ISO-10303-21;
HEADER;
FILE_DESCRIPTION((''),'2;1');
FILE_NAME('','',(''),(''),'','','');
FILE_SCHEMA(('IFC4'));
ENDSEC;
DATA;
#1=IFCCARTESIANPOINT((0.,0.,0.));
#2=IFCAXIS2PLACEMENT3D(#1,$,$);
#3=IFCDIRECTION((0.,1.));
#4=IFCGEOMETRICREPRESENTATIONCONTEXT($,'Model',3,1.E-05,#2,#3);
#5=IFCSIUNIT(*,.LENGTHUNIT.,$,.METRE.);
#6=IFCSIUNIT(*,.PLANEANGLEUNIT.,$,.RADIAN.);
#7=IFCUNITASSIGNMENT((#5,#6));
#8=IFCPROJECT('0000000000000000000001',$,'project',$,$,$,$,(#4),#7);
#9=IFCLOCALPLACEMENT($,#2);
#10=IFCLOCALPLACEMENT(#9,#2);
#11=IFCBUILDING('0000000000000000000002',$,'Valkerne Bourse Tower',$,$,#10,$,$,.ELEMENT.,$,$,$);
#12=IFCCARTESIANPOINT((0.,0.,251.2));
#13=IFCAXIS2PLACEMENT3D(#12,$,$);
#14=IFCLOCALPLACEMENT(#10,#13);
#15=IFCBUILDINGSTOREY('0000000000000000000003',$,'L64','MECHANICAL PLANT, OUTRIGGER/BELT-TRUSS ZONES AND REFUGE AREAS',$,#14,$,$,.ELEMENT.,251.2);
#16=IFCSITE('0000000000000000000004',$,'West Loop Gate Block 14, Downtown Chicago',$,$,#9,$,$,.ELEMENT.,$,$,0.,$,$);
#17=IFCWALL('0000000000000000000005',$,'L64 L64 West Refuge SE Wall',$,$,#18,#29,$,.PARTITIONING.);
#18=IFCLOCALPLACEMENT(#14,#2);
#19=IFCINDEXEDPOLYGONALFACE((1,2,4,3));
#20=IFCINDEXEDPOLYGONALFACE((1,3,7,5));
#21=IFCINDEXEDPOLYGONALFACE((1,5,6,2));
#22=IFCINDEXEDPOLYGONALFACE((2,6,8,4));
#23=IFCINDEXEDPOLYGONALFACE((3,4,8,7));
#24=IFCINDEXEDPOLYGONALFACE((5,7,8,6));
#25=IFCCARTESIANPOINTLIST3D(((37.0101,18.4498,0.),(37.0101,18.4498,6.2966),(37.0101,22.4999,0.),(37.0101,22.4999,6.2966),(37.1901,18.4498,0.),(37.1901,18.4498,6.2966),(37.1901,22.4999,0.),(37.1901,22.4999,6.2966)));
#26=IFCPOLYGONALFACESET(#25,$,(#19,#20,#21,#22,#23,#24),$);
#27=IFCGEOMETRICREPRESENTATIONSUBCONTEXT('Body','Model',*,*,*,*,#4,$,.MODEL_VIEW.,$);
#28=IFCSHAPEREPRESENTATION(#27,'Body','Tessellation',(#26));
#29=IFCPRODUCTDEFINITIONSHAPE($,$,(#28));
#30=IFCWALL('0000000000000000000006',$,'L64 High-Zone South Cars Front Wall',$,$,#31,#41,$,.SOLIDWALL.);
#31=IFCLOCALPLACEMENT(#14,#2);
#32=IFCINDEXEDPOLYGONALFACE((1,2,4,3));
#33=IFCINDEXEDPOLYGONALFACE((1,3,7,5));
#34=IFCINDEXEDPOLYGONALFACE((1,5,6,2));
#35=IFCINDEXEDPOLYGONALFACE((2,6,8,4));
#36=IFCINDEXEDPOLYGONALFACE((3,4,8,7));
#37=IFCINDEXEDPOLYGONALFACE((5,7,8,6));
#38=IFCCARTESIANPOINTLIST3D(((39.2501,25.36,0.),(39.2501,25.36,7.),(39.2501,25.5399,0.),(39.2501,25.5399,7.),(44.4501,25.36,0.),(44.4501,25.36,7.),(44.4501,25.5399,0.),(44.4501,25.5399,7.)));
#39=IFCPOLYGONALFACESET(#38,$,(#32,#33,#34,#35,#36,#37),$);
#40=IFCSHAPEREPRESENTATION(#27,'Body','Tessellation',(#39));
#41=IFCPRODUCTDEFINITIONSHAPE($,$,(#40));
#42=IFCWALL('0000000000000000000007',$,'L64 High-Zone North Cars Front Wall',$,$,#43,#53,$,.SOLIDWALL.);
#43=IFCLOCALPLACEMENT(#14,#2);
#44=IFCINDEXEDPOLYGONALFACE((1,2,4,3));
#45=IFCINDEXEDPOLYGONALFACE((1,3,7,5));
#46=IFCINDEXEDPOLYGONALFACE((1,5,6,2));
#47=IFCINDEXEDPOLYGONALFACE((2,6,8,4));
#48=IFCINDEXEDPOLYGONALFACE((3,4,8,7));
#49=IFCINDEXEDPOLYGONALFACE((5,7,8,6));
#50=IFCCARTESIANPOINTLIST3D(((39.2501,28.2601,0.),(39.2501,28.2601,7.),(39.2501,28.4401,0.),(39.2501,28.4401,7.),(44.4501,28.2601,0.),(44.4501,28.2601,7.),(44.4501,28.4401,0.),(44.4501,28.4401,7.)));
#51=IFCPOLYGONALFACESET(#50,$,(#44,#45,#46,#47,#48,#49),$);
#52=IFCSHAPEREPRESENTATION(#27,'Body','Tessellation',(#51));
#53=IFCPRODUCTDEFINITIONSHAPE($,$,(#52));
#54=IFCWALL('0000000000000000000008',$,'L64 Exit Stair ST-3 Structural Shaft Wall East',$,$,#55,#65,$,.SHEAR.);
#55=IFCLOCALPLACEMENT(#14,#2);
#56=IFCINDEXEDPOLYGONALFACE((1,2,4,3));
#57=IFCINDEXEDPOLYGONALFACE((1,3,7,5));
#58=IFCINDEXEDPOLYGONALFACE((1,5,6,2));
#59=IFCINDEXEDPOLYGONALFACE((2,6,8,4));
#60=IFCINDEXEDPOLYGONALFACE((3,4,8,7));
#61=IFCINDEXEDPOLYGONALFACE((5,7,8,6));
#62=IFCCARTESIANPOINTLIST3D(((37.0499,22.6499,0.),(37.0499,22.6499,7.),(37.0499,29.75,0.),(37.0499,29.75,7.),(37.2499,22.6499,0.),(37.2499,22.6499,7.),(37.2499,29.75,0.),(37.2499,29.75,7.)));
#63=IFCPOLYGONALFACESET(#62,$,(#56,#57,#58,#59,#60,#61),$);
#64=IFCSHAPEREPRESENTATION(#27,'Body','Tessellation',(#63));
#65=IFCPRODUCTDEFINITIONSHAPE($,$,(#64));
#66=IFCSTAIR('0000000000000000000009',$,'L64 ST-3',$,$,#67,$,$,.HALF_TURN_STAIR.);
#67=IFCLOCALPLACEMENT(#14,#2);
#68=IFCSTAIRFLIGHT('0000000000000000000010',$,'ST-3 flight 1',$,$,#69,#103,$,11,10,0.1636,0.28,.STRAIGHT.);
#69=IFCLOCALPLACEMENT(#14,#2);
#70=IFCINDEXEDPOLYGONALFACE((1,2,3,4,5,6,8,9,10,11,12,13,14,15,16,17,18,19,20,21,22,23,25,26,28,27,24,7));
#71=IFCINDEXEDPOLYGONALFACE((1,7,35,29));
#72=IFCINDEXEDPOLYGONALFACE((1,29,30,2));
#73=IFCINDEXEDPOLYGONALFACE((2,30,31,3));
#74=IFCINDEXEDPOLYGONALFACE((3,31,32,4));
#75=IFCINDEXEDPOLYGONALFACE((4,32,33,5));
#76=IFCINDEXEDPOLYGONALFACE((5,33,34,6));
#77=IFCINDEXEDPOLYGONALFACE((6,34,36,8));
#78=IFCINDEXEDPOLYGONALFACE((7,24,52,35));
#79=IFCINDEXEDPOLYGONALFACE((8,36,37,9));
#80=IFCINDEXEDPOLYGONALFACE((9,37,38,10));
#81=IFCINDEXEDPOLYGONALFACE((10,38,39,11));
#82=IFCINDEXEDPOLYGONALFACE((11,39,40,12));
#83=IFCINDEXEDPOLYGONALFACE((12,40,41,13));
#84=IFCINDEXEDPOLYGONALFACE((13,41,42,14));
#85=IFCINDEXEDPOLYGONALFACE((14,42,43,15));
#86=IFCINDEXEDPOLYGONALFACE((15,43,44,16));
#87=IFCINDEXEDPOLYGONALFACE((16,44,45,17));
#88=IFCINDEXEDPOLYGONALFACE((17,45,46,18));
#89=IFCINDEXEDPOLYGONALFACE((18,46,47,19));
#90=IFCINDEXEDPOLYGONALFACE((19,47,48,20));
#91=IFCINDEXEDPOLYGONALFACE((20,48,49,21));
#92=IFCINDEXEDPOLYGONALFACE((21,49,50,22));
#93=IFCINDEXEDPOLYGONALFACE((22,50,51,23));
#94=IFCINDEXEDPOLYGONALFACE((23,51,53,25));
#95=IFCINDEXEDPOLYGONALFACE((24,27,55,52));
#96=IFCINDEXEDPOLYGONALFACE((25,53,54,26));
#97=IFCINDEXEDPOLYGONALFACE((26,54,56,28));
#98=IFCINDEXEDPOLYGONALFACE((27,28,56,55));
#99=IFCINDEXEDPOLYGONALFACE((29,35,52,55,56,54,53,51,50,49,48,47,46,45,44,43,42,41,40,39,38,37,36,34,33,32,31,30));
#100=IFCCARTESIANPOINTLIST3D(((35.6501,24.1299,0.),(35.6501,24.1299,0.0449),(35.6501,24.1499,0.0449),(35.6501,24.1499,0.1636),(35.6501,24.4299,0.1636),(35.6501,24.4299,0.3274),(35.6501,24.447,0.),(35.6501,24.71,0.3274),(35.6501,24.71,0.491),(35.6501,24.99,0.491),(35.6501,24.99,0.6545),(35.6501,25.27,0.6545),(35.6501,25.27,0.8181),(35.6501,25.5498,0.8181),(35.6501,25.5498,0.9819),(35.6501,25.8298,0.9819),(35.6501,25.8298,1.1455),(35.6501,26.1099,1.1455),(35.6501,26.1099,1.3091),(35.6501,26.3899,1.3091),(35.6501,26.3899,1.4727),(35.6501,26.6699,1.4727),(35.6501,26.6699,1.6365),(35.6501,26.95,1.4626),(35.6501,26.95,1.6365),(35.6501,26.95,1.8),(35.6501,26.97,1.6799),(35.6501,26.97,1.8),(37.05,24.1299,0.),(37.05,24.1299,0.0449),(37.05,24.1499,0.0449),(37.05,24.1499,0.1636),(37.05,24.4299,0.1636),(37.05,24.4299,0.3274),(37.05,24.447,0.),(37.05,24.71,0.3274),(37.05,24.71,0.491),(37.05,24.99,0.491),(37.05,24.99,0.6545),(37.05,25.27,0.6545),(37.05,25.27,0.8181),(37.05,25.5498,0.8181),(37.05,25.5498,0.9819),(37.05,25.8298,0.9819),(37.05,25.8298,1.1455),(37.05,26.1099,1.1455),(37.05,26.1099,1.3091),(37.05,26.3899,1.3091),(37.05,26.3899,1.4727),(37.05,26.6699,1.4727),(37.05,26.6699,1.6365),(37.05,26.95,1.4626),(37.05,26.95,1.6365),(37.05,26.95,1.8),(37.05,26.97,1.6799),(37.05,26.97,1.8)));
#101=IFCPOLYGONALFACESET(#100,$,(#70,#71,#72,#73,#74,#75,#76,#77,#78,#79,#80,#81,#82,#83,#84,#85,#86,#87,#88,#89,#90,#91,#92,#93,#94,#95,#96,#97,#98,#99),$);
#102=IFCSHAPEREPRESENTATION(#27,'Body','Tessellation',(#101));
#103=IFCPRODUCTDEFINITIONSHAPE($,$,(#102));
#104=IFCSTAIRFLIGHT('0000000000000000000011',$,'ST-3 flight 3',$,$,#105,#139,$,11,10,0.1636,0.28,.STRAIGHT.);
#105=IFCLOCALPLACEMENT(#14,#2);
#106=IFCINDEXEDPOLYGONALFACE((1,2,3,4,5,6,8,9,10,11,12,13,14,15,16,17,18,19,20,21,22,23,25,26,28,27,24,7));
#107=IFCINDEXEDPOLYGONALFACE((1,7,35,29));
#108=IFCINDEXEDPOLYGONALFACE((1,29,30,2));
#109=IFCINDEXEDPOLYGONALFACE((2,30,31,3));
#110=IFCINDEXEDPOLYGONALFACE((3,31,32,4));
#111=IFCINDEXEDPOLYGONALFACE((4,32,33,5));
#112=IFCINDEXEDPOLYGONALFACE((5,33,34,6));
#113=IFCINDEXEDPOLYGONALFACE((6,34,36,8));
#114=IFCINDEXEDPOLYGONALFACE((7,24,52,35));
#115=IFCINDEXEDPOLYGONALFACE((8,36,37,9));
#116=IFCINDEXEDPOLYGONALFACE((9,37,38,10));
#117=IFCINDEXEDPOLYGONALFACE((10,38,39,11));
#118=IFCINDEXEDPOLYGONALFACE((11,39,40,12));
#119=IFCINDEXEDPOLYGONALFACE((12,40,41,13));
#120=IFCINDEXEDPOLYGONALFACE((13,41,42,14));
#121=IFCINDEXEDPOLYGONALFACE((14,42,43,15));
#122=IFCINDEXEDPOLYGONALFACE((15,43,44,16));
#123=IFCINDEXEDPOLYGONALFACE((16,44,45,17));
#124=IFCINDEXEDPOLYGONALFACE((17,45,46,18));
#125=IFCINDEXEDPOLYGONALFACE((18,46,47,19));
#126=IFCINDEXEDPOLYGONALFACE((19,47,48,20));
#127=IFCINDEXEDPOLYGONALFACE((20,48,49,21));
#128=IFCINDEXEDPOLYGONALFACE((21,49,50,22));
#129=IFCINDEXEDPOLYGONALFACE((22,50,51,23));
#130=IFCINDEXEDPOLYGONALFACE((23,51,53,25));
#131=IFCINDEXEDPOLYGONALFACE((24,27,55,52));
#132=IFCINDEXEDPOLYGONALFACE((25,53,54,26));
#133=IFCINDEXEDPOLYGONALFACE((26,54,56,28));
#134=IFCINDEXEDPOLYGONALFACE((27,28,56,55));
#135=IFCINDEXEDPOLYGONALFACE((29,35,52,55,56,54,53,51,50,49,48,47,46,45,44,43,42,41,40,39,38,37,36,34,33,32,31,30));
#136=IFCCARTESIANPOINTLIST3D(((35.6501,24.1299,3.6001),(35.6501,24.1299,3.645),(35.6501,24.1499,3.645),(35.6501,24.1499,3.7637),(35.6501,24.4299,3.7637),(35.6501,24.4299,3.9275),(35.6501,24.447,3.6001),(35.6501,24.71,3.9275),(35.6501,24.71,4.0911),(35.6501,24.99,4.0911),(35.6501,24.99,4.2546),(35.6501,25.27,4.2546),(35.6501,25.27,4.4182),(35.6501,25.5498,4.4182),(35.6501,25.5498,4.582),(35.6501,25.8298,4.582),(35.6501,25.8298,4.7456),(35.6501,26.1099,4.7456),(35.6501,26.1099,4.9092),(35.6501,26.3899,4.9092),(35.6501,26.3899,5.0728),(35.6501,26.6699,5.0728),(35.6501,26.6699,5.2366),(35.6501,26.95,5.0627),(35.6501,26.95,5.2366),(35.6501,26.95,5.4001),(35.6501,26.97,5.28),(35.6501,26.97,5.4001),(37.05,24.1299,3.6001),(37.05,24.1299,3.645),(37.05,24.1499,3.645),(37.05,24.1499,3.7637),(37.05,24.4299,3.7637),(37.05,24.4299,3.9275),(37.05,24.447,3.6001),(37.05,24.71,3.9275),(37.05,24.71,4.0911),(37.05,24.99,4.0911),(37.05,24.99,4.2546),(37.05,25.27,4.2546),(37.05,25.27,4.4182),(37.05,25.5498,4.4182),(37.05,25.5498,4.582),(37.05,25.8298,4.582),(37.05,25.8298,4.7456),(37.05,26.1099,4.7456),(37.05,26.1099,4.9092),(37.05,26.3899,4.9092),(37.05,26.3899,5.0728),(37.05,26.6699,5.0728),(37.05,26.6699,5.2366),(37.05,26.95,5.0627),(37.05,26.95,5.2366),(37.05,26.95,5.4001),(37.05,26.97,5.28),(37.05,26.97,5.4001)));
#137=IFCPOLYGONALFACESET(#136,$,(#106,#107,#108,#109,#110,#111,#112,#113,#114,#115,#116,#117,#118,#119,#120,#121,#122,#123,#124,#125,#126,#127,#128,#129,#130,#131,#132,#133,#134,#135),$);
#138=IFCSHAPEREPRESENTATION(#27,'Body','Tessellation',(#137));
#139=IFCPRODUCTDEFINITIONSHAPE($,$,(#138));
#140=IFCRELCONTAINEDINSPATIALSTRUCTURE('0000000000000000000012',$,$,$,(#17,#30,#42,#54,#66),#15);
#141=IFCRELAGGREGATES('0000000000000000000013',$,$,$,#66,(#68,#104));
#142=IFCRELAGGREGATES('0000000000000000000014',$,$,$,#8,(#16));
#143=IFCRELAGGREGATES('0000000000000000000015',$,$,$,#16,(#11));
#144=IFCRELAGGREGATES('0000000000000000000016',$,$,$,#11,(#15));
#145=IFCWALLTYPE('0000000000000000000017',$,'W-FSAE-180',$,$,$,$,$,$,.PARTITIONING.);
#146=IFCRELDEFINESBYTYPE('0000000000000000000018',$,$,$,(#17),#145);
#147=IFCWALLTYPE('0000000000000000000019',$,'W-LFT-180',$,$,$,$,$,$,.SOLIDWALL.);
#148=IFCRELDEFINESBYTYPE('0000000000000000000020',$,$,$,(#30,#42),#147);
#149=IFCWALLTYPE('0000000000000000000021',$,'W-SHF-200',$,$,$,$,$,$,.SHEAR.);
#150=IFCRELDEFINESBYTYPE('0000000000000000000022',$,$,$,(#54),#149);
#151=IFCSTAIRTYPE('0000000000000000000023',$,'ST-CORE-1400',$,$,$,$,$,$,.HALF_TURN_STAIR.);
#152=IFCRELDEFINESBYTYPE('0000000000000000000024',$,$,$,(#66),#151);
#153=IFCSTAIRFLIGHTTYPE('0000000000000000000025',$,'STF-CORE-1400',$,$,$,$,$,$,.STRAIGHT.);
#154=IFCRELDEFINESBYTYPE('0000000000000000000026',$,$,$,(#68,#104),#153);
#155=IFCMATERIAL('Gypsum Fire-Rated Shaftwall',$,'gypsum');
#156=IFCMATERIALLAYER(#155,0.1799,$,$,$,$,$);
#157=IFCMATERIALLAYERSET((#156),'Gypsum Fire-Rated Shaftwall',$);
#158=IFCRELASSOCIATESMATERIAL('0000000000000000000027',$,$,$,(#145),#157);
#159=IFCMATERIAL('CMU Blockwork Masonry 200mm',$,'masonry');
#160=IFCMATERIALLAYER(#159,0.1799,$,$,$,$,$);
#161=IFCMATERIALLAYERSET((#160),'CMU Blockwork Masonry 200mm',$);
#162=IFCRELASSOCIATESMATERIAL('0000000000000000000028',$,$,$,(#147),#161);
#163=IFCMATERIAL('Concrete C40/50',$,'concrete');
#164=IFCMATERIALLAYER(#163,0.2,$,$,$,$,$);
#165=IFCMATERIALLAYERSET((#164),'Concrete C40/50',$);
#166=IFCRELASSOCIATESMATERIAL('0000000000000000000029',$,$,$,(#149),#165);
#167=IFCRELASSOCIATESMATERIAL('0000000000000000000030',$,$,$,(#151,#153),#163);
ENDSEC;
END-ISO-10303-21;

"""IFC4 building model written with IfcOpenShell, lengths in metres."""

from ifc_helpers import new_model, si_unit, direction, frame, frame_2d, origin, place, context, subcontext, project, spatial, polyline, rectangle, outline, extrude, material, layer, layer_set, type_object, element, aggregate, save


model = new_model("IFC4")

# Units and contexts
model_context = context("Model", 3, precision=1e-05, world=origin(), true_north=direction((0.0, 1.0)))
body_context = subcontext(model_context, "Body", "Model", "MODEL_VIEW")
ifc_project = project(units=[si_unit("LENGTHUNIT", "METRE"), si_unit("PLANEANGLEUNIT", "RADIAN")], contexts=[model_context])

# Site, building, storey
site_placement = place(None, origin())
site = spatial("IfcSite", under=ifc_project, at=site_placement, Name="West Loop Gate Block 14, Downtown Chicago", CompositionType="ELEMENT", RefElevation=0.0)
building_placement = place(site_placement, origin())
building = spatial("IfcBuilding", under=site, at=building_placement, Name="Valkerne Bourse Tower", CompositionType="ELEMENT")
storey_placement = place(building_placement, frame((0.0, 0.0, 251.2)))
storey = spatial("IfcBuildingStorey", under=building, at=storey_placement, Name="L64", Description="MECHANICAL PLANT, OUTRIGGER/BELT-TRUSS ZONES AND REFUGE AREAS", CompositionType="ELEMENT", Elevation=251.2)

# Shared definitions
ifc_material_1 = material(Name="Gypsum Fire-Rated Shaftwall", Category="gypsum")
ifc_layer_1 = layer(ifc_material_1, 0.1799)
ifc_layer_set_1 = layer_set([ifc_layer_1], Name="Gypsum Fire-Rated Shaftwall")
wall_type_1 = type_object("IfcWallType", Name="W-FSAE-180", PredefinedType="PARTITIONING", material=ifc_layer_set_1)

# Walls
wall_1_placement = place(storey_placement, frame((37.1001, 18.45, 0.0), z_axis=(0.0, 0.0, 1.0), x_axis=(0.0, 1.0, 0.0)))
element("IfcWall", 1, at=wall_1_placement, inside=storey, type_object=wall_type_1, Name="L64 L64 West Refuge SE Wall", PredefinedType="PARTITIONING", context=body_context, shape_type="SweptSolid", body=[
    extrude(rectangle(XDim=4.05, YDim=0.1799, at=frame_2d((2.0249, 0.0))), origin(), (0.0, 0.0, 1.0), 6.2966),
])
ifc_material_2 = material(Name="CMU Blockwork Masonry 200mm", Category="masonry")
ifc_layer_2 = layer(ifc_material_2, 0.1799)
ifc_layer_set_2 = layer_set([ifc_layer_2], Name="CMU Blockwork Masonry 200mm")
wall_type_2 = type_object("IfcWallType", Name="W-LFT-180", PredefinedType="SOLIDWALL", material=ifc_layer_set_2)
for number, where, z_axis, x_axis, name in (
    (2, (39.25, 25.45, 0.0), (0.0, 0.0, 1.0), (1.0, 0.0, 0.0), "L64 High-Zone South Cars Front Wall"),
    (3, (39.25, 28.3501, 0.0), (0.0, 0.0, 1.0), (1.0, 0.0, 0.0), "L64 High-Zone North Cars Front Wall"),
):
    element("IfcWall", number, at=place(storey_placement, frame(where, z_axis=z_axis, x_axis=x_axis)), inside=storey, type_object=wall_type_2, Name=name, PredefinedType="SOLIDWALL", context=body_context, shape_type="SweptSolid", body=[
        extrude(rectangle(XDim=5.2, YDim=0.1799, at=frame_2d((2.6001, 0.0))), origin(), (0.0, 0.0, 1.0), 7.0),
    ])
ifc_material_3 = material(Name="Concrete C40/50", Category="concrete")
ifc_layer_3 = layer(ifc_material_3, 0.2)
ifc_layer_set_3 = layer_set([ifc_layer_3], Name="Concrete C40/50")
wall_type_3 = type_object("IfcWallType", Name="W-SHF-200", PredefinedType="SHEAR", material=ifc_layer_set_3)
wall_2_placement = place(storey_placement, frame((37.1499, 22.6499, 0.0), z_axis=(0.0, 0.0, 1.0), x_axis=(0.0, 1.0, 0.0)))
element("IfcWall", 4, at=wall_2_placement, inside=storey, type_object=wall_type_3, Name="L64 Exit Stair ST-3 Structural Shaft Wall East", PredefinedType="SHEAR", context=body_context, shape_type="SweptSolid", body=[
    extrude(rectangle(XDim=7.1001, YDim=0.2, at=frame_2d((3.55, 0.0))), origin(), (0.0, 0.0, 1.0), 7.0),
])

# Stair, stair flights
stair_type = type_object("IfcStairType", Name="ST-CORE-1400", PredefinedType="HALF_TURN_STAIR", material=ifc_material_3)
stair_placement = place(storey_placement, origin())
stair = element("IfcStair", 5, at=stair_placement, inside=storey, type_object=stair_type, Name="L64 ST-3", PredefinedType="HALF_TURN_STAIR")
stair_flight_type = type_object("IfcStairFlightType", Name="STF-CORE-1400", PredefinedType="STRAIGHT", material=ifc_material_3)
stair_flight_1_placement = place(storey_placement, frame((36.3501, 24.1499, 0.0), z_axis=(0.0, 0.0, 1.0), x_axis=(0.0, 1.0, 0.0)))
stair_flight_1 = element("IfcStairFlight", 6, at=stair_flight_1_placement, type_object=stair_flight_type, Name="ST-3 flight 1", NumberOfRisers=11, NumberOfTreads=10, PredefinedType="STRAIGHT", RiserHeight=0.1636, TreadLength=0.28, context=body_context, shape_type="SweptSolid", body=[
    extrude(outline(polyline([(-0.02, 0.0), (-0.02, 0.0449), (0.0, 0.0449), (0.0, 0.1636), (0.28, 0.1636), (0.28, 0.3274), (0.5601, 0.3274), (0.5601, 0.491), (0.8401, 0.491), (0.8401, 0.6545), (1.1201, 0.6545), (1.1201, 0.8181), (1.3999, 0.8181), (1.3999, 0.9819), (1.6799, 0.9819), (1.6799, 1.1455), (1.96, 1.1455), (1.96, 1.3091), (2.24, 1.3091), (2.24, 1.4727), (2.52, 1.4727), (2.52, 1.6365), (2.8, 1.6365), (2.8, 1.8), (2.8201, 1.8), (2.8201, 1.6799), (2.8, 1.4626), (0.2971, 0.0), (-0.02, 0.0)])), frame((0.0, 0.7, 0.0), z_axis=(0.0, -1.0, 0.0), x_axis=(1.0, 0.0, 0.0)), (0.0, 0.0, 1.0), 1.3999),
])
stair_flight_2_placement = place(storey_placement, frame((36.3501, 24.1499, 3.6001), z_axis=(0.0, 0.0, 1.0), x_axis=(0.0, 1.0, 0.0)))
stair_flight_2 = element("IfcStairFlight", 7, at=stair_flight_2_placement, type_object=stair_flight_type, Name="ST-3 flight 3", NumberOfRisers=11, NumberOfTreads=10, PredefinedType="STRAIGHT", RiserHeight=0.1636, TreadLength=0.28, context=body_context, shape_type="SweptSolid", body=[
    extrude(outline(polyline([(-0.02, 0.0), (-0.02, 0.0449), (0.0, 0.0449), (0.0, 0.1636), (0.28, 0.1636), (0.28, 0.3274), (0.5601, 0.3274), (0.5601, 0.491), (0.8401, 0.491), (0.8401, 0.6545), (1.1201, 0.6545), (1.1201, 0.8181), (1.3999, 0.8181), (1.3999, 0.9819), (1.6799, 0.9819), (1.6799, 1.1455), (1.96, 1.1455), (1.96, 1.3091), (2.24, 1.3091), (2.24, 1.4727), (2.52, 1.4727), (2.52, 1.6365), (2.8, 1.6365), (2.8, 1.8), (2.8201, 1.8), (2.8201, 1.6799), (2.8, 1.4626), (0.2971, 0.0), (-0.02, 0.0)])), frame((0.0, 0.7, 0.0), z_axis=(0.0, -1.0, 0.0), x_axis=(1.0, 0.0, 0.0)), (0.0, 0.0, 1.0), 1.3999),
])
aggregate(stair, [stair_flight_1, stair_flight_2])

save(model, "model.ifc")
